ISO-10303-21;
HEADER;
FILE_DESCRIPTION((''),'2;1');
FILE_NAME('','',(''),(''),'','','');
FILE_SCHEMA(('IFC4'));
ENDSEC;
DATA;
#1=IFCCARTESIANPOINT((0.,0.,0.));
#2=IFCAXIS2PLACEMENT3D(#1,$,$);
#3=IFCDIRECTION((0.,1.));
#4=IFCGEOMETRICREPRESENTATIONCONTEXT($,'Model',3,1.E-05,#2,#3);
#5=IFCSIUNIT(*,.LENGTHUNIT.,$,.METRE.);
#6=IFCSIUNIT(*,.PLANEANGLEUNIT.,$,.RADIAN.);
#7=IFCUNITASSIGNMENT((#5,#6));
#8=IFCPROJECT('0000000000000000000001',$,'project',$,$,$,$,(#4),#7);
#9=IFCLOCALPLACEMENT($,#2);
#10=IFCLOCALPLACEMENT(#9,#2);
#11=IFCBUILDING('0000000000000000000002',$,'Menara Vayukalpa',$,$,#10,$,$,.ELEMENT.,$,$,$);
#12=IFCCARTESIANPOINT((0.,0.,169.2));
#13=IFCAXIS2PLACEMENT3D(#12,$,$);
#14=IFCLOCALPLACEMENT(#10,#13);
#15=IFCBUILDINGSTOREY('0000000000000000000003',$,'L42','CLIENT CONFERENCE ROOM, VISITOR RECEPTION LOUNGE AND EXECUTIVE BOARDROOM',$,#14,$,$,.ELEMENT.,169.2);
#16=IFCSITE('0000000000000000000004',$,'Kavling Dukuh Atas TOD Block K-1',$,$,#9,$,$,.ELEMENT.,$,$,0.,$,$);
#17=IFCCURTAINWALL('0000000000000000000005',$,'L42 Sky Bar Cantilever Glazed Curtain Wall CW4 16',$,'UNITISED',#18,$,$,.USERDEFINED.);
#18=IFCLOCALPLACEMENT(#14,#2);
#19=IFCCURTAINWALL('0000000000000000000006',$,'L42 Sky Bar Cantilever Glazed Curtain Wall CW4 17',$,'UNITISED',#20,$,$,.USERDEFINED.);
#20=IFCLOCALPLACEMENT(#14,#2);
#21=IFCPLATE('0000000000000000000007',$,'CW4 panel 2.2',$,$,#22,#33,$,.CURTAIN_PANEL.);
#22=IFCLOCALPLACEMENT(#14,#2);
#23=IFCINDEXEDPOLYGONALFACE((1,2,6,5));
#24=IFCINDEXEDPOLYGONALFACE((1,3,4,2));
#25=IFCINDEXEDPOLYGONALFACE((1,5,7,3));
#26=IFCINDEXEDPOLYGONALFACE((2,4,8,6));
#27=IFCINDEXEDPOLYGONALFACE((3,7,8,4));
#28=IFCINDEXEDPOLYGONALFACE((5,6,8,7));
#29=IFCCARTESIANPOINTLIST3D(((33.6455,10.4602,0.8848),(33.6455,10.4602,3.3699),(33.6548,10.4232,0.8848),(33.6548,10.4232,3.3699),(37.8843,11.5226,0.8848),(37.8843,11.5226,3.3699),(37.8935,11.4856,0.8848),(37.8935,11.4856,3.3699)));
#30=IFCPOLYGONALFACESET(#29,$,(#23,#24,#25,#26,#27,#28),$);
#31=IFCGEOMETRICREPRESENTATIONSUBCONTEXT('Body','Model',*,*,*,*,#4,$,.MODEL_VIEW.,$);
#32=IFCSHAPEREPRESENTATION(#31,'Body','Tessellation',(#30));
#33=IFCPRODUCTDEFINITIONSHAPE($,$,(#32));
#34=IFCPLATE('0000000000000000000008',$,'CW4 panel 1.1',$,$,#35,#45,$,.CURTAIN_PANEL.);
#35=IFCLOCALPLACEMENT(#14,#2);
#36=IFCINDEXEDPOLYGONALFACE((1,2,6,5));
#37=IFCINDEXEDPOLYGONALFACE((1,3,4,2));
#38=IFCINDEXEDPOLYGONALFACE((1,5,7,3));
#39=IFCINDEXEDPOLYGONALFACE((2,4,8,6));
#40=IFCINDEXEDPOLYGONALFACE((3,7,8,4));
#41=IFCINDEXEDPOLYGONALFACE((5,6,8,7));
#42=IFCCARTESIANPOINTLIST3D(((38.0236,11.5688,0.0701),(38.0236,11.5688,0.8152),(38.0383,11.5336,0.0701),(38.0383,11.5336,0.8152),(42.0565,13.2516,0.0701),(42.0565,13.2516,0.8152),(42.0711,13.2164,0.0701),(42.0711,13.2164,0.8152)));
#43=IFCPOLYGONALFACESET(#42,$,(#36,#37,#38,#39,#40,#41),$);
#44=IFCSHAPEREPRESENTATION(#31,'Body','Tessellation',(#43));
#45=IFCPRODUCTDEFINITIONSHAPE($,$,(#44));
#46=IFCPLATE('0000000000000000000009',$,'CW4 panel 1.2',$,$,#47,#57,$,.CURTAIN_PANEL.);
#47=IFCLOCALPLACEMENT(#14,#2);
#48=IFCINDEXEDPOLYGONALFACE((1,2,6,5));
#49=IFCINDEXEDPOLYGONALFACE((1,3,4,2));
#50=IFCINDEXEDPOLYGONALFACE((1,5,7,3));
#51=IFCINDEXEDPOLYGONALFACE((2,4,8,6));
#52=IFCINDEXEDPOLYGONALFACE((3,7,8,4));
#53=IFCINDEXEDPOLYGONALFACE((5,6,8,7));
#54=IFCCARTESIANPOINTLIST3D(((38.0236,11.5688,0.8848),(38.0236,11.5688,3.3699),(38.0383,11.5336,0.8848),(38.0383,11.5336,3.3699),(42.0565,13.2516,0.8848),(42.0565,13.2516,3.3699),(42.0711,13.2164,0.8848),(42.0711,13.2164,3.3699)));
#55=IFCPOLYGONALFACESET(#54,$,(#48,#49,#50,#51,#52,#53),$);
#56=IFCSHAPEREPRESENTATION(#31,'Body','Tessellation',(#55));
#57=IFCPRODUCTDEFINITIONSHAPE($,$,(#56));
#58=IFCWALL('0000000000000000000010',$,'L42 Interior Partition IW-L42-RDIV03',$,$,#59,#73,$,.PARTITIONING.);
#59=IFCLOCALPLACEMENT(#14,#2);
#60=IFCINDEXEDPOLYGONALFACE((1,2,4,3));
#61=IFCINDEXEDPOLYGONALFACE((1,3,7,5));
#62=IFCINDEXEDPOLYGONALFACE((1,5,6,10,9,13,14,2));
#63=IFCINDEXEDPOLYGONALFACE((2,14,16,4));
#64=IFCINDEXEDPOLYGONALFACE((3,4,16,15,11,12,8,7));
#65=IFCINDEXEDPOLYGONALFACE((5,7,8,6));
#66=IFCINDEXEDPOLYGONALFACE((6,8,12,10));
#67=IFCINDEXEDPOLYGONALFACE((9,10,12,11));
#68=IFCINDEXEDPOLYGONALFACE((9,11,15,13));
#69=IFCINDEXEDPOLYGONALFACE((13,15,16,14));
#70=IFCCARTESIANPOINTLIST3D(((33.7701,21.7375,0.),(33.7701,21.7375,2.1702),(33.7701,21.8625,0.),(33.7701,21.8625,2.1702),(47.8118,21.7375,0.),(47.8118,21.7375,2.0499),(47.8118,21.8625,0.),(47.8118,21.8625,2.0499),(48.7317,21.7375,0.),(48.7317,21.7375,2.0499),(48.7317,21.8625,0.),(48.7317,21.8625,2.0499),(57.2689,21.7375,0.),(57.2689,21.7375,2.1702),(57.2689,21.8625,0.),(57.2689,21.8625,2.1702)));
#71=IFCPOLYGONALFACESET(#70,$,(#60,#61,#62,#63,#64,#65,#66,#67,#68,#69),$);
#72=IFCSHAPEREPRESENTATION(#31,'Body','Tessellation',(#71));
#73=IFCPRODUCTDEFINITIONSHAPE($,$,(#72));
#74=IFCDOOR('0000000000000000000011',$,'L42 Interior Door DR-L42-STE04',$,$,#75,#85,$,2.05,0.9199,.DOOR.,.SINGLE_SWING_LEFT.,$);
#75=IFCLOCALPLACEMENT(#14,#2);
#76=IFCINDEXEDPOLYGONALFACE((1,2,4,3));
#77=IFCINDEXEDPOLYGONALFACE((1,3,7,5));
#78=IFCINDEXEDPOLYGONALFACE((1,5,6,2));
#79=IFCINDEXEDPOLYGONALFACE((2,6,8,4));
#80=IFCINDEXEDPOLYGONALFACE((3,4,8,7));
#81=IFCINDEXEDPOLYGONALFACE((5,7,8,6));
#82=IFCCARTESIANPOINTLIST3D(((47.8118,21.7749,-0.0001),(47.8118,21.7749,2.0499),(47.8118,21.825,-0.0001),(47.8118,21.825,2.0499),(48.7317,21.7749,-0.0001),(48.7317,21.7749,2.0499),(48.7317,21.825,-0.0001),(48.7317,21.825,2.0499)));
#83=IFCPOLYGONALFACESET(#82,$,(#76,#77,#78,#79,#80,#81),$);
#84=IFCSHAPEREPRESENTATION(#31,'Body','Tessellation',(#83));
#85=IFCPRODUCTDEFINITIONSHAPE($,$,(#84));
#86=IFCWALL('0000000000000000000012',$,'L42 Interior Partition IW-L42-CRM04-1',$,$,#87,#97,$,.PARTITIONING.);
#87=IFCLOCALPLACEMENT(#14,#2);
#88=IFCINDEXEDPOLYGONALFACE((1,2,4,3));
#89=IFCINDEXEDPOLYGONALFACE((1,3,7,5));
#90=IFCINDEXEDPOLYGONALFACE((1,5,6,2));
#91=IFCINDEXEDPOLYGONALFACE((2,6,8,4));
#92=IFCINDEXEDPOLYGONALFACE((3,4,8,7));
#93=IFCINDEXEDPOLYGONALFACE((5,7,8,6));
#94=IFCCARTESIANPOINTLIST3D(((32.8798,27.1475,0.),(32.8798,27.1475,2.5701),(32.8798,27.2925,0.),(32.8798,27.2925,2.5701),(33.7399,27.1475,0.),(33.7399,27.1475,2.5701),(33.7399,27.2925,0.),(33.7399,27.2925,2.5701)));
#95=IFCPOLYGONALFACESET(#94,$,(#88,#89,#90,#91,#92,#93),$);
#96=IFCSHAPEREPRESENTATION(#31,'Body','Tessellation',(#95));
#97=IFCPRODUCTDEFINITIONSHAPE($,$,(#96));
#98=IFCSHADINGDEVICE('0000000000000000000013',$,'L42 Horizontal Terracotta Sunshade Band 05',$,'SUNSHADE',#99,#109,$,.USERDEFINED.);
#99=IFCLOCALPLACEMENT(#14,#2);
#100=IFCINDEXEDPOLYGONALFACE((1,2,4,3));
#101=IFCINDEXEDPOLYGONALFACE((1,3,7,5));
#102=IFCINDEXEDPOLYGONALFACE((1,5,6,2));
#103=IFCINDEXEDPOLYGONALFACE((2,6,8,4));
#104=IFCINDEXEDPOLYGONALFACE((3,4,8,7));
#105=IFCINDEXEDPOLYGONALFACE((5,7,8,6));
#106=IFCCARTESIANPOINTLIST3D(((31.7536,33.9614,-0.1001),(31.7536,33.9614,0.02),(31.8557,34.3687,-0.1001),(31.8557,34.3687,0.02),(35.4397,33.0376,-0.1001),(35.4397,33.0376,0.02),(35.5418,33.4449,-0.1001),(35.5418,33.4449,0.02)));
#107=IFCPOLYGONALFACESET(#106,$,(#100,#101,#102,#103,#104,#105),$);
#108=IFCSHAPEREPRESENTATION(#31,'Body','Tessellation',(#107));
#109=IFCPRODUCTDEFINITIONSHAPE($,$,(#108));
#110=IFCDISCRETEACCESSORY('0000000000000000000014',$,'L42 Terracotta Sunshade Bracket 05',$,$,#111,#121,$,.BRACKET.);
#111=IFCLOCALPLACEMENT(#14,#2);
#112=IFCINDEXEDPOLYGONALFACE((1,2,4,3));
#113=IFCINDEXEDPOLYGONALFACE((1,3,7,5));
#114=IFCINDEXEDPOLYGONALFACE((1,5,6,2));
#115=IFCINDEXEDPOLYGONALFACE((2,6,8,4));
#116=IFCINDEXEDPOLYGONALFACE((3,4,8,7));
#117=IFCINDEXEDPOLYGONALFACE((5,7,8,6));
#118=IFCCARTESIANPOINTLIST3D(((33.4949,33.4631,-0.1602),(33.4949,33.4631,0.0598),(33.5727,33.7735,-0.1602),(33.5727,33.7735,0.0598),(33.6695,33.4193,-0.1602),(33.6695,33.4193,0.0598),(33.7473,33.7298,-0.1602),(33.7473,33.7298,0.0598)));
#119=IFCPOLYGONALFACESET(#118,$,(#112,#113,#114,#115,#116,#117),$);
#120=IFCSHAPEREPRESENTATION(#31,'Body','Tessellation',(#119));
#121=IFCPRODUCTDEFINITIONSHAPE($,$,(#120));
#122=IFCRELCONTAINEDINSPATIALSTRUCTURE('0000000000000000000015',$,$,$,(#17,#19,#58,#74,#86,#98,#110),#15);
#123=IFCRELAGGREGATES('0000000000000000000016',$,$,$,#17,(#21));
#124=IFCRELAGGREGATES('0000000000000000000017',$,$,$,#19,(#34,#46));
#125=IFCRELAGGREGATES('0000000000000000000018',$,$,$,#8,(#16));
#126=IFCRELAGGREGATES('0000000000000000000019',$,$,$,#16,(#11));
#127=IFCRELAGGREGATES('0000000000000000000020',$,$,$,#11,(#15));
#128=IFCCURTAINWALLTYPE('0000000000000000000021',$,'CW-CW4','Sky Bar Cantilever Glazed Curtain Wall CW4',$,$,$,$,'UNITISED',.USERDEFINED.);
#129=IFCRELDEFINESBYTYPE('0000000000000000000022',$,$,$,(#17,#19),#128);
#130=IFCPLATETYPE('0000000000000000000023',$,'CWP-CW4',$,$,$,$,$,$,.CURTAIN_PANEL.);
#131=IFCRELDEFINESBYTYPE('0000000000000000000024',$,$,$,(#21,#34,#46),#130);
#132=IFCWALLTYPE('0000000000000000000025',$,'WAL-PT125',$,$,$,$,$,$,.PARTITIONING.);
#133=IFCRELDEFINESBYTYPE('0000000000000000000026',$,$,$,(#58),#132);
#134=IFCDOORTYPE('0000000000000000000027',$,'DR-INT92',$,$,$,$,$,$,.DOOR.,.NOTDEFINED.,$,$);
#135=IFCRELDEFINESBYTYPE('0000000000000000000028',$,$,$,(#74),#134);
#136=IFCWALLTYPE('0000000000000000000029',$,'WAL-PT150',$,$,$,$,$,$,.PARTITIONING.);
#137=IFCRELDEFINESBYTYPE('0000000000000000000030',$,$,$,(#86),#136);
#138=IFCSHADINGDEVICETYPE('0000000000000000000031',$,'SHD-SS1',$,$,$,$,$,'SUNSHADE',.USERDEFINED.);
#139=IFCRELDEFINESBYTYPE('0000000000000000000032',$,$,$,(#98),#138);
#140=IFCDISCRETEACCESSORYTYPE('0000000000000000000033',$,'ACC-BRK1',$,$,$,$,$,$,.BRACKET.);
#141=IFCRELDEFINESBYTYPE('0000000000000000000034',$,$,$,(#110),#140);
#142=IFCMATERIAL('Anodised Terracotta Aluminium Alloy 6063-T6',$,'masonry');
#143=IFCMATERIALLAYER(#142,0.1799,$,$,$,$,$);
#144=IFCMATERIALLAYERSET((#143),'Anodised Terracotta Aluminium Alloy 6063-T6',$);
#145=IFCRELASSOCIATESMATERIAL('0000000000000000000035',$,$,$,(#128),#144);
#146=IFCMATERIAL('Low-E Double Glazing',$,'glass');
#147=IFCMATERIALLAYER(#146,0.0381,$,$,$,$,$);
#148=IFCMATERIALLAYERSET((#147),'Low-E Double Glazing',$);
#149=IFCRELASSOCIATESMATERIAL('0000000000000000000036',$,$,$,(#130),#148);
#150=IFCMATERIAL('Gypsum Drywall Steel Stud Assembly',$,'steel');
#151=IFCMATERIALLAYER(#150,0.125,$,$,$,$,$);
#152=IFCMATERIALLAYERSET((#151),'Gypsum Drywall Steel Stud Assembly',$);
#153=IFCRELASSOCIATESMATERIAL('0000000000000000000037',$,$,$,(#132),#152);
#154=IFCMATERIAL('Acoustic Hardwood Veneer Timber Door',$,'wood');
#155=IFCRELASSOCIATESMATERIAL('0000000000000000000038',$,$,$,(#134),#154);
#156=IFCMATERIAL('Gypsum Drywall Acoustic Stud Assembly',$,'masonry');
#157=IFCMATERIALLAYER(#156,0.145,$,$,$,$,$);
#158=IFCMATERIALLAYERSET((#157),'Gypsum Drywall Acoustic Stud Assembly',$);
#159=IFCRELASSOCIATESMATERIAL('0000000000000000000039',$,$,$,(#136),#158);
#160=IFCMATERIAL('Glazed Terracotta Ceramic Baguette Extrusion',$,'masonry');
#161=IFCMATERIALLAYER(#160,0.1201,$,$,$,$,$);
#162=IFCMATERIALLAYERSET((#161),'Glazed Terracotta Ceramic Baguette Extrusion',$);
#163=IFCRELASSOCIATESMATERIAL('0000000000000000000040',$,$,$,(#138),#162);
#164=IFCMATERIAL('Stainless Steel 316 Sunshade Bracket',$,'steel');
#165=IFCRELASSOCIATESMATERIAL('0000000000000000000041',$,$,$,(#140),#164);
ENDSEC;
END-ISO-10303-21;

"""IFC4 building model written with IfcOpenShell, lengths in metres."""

from ifc_helpers import new_model, si_unit, direction, frame, frame_2d, origin, origin_2d, place, context, subcontext, project, spatial, rectangle, extrude, material, layer, layer_set, type_object, element, fill, aggregate, save


model = new_model("IFC4")

# Units and contexts
model_context = context("Model", 3, precision=1e-05, world=origin(), true_north=direction((0.0, 1.0)))
body_context = subcontext(model_context, "Body", "Model", "MODEL_VIEW")
ifc_project = project(units=[si_unit("LENGTHUNIT", "METRE"), si_unit("PLANEANGLEUNIT", "RADIAN")], contexts=[model_context])

# Site, building, storey
site_placement = place(None, origin())
site = spatial("IfcSite", under=ifc_project, at=site_placement, Name="Kavling Dukuh Atas TOD Block K-1", CompositionType="ELEMENT", RefElevation=0.0)
building_placement = place(site_placement, origin())
building = spatial("IfcBuilding", under=site, at=building_placement, Name="Menara Vayukalpa", CompositionType="ELEMENT")
storey_placement = place(building_placement, frame((0.0, 0.0, 169.2)))
storey = spatial("IfcBuildingStorey", under=building, at=storey_placement, Name="L42", Description="CLIENT CONFERENCE ROOM, VISITOR RECEPTION LOUNGE AND EXECUTIVE BOARDROOM", CompositionType="ELEMENT", Elevation=169.2)

# Shared definitions
ifc_material_1 = material(Name="Anodised Terracotta Aluminium Alloy 6063-T6", Category="masonry")
ifc_layer_1 = layer(ifc_material_1, 0.1799)
ifc_layer_set_1 = layer_set([ifc_layer_1], Name="Anodised Terracotta Aluminium Alloy 6063-T6")
curtain_wall_type = type_object("IfcCurtainWallType", Name="CW-CW4", Description="Sky Bar Cantilever Glazed Curtain Wall CW4", ElementType="UNITISED", PredefinedType="USERDEFINED", material=ifc_layer_set_1)

# Curtain wall
curtain_wall_1_placement = place(storey_placement, origin())
curtain_wall_1 = element("IfcCurtainWall", 1, at=curtain_wall_1_placement, inside=storey, type_object=curtain_wall_type, Name="L42 Sky Bar Cantilever Glazed Curtain Wall CW4 16", ObjectType="UNITISED", PredefinedType="USERDEFINED")

# Curtain wall
curtain_wall_2_placement = place(storey_placement, origin())
curtain_wall_2 = element("IfcCurtainWall", 2, at=curtain_wall_2_placement, inside=storey, type_object=curtain_wall_type, Name="L42 Sky Bar Cantilever Glazed Curtain Wall CW4 17", ObjectType="UNITISED", PredefinedType="USERDEFINED")

# Plates
ifc_material_2 = material(Name="Low-E Double Glazing", Category="glass")
ifc_layer_2 = layer(ifc_material_2, 0.0381)
ifc_layer_set_2 = layer_set([ifc_layer_2], Name="Low-E Double Glazing")
plate_type = type_object("IfcPlateType", Name="CWP-CW4", PredefinedType="CURTAIN_PANEL", material=ifc_layer_set_2)
plate_1_placement = place(storey_placement, frame((35.7695, 10.9729, 0.8848), z_axis=(0.0, 0.0, 1.0), x_axis=(0.969998, 0.243113, 0.0)))
plate_1 = element("IfcPlate", 3, at=plate_1_placement, type_object=plate_type, Name="CW4 panel 2.2", PredefinedType="CURTAIN_PANEL", context=body_context, shape_type="SweptSolid", body=[
    extrude(rectangle(XDim=4.3699, YDim=0.0381, at=origin_2d()), origin(), (0.0, 0.0, 1.0), 2.4851),
])
aggregate(curtain_wall_1, [plate_1])
plate_2_placement = place(storey_placement, frame((40.0474, 12.3926, 0.0701), z_axis=(0.0, 0.0, 1.0), x_axis=(0.922878, 0.385091, 0.0)))
plate_2 = element("IfcPlate", 4, at=plate_2_placement, type_object=plate_type, Name="CW4 panel 1.1", PredefinedType="CURTAIN_PANEL", context=body_context, shape_type="SweptSolid", body=[
    extrude(rectangle(XDim=4.3699, YDim=0.0381, at=origin_2d()), origin(), (0.0, 0.0, 1.0), 0.7451),
])
plate_3_placement = place(storey_placement, frame((40.0474, 12.3926, 0.8848), z_axis=(0.0, 0.0, 1.0), x_axis=(0.922878, 0.385091, 0.0)))
plate_3 = element("IfcPlate", 5, at=plate_3_placement, type_object=plate_type, Name="CW4 panel 1.2", PredefinedType="CURTAIN_PANEL", context=body_context, shape_type="SweptSolid", body=[
    extrude(rectangle(XDim=4.3699, YDim=0.0381, at=origin_2d()), origin(), (0.0, 0.0, 1.0), 2.4851),
])
aggregate(curtain_wall_2, [plate_2, plate_3])

# Wall, opening, door
ifc_material_3 = material(Name="Gypsum Drywall Steel Stud Assembly", Category="steel")
ifc_layer_3 = layer(ifc_material_3, 0.125)
ifc_layer_set_3 = layer_set([ifc_layer_3], Name="Gypsum Drywall Steel Stud Assembly")
wall_type_1 = type_object("IfcWallType", Name="WAL-PT125", PredefinedType="PARTITIONING", material=ifc_layer_set_3)
wall_1_placement = place(storey_placement, frame((33.77, 21.8, 0.0), z_axis=(0.0, 0.0, 1.0), x_axis=(1.0, 0.0, 0.0)))
wall_1 = element("IfcWall", 6, at=wall_1_placement, inside=storey, type_object=wall_type_1, Name="L42 Interior Partition IW-L42-RDIV03", PredefinedType="PARTITIONING", context=body_context, shape_type="SweptSolid", body=[
    extrude(rectangle(XDim=23.4988, YDim=0.125, at=frame_2d((11.7495, 0.0))), origin(), (0.0, 0.0, 1.0), 2.1702),
])
opening_placement = place(wall_1_placement, frame((14.0417, 0.0, 0.0)))
opening = element("IfcOpeningElement", 7, at=opening_placement, cuts=wall_1, PredefinedType="OPENING", context=body_context, shape_type="SweptSolid", body=[
    extrude(rectangle(XDim=0.9199, YDim=2.05, at=frame_2d((0.46, 1.0249))), frame((0.0, 0.0725, 0.0), z_axis=(0.0, -1.0, 0.0), x_axis=(1.0, 0.0, 0.0)), (0.0, 0.0, 1.0), 0.145),
])
ifc_material_4 = material(Name="Acoustic Hardwood Veneer Timber Door", Category="wood")
door_type = type_object("IfcDoorType", Name="DR-INT92", OperationType="NOTDEFINED", PredefinedType="DOOR", material=ifc_material_4)
door_placement = place(opening_placement, origin())
door = element("IfcDoor", 8, at=door_placement, inside=storey, type_object=door_type, Name="L42 Interior Door DR-L42-STE04", OperationType="SINGLE_SWING_LEFT", OverallHeight=2.05, OverallWidth=0.9199, PredefinedType="DOOR", context=body_context, shape_type="SweptSolid", body=[
    extrude(rectangle(XDim=0.9199, YDim=2.05, at=frame_2d((0.46, 1.0249))), frame((0.0, 0.0249, 0.0), z_axis=(0.0, -1.0, 0.0), x_axis=(1.0, 0.0, 0.0)), (0.0, 0.0, 1.0), 0.05),
])
fill(opening, door)

# Wall
ifc_material_5 = material(Name="Gypsum Drywall Acoustic Stud Assembly", Category="masonry")
ifc_layer_4 = layer(ifc_material_5, 0.145)
ifc_layer_set_4 = layer_set([ifc_layer_4], Name="Gypsum Drywall Acoustic Stud Assembly")
wall_type_2 = type_object("IfcWallType", Name="WAL-PT150", PredefinedType="PARTITIONING", material=ifc_layer_set_4)
wall_2_placement = place(storey_placement, frame((33.74, 27.22, 0.0), z_axis=(0.0, 0.0, 1.0), x_axis=(-1.0, 0.0, 0.0)))
element("IfcWall", 9, at=wall_2_placement, inside=storey, type_object=wall_type_2, Name="L42 Interior Partition IW-L42-CRM04-1", PredefinedType="PARTITIONING", context=body_context, shape_type="SweptSolid", body=[
    extrude(rectangle(XDim=0.8601, YDim=0.145, at=frame_2d((0.4302, 0.0))), origin(), (0.0, 0.0, 1.0), 2.5701),
])

# Shading device
ifc_material_6 = material(Name="Glazed Terracotta Ceramic Baguette Extrusion", Category="masonry")
ifc_layer_5 = layer(ifc_material_6, 0.1201)
ifc_layer_set_5 = layer_set([ifc_layer_5], Name="Glazed Terracotta Ceramic Baguette Extrusion")
shading_device_type = type_object("IfcShadingDeviceType", Name="SHD-SS1", ElementType="SUNSHADE", PredefinedType="USERDEFINED", material=ifc_layer_set_5)
shading_device_placement = place(storey_placement, frame((33.6477, 33.7031, -0.1001), z_axis=(0.0, 0.0, 1.0), x_axis=(-0.969999, 0.243107, 0.0)))
element("IfcShadingDevice", 10, at=shading_device_placement, inside=storey, type_object=shading_device_type, Name="L42 Horizontal Terracotta Sunshade Band 05", ObjectType="SUNSHADE", PredefinedType="USERDEFINED", context=body_context, shape_type="SweptSolid", body=[
    extrude(rectangle(XDim=3.8, YDim=0.4199, at=origin_2d()), origin(), (0.0, 0.0, 1.0), 0.1201),
])

# Discrete accessory
ifc_material_7 = material(Name="Stainless Steel 316 Sunshade Bracket", Category="steel")
discrete_accessory_type = type_object("IfcDiscreteAccessoryType", Name="ACC-BRK1", PredefinedType="BRACKET", material=ifc_material_7)
discrete_accessory_placement = place(storey_placement, frame((33.6211, 33.5964, -0.1602), z_axis=(0.0, 0.0, 1.0), x_axis=(-0.969999, 0.243107, 0.0)))
element("IfcDiscreteAccessory", 11, at=discrete_accessory_placement, inside=storey, type_object=discrete_accessory_type, Name="L42 Terracotta Sunshade Bracket 05", PredefinedType="BRACKET", context=body_context, shape_type="SweptSolid", body=[
    extrude(rectangle(XDim=0.1799, YDim=0.3201, at=origin_2d()), origin(), (0.0, 0.0, 1.0), 0.22),
])

save(model, "model.ifc")
